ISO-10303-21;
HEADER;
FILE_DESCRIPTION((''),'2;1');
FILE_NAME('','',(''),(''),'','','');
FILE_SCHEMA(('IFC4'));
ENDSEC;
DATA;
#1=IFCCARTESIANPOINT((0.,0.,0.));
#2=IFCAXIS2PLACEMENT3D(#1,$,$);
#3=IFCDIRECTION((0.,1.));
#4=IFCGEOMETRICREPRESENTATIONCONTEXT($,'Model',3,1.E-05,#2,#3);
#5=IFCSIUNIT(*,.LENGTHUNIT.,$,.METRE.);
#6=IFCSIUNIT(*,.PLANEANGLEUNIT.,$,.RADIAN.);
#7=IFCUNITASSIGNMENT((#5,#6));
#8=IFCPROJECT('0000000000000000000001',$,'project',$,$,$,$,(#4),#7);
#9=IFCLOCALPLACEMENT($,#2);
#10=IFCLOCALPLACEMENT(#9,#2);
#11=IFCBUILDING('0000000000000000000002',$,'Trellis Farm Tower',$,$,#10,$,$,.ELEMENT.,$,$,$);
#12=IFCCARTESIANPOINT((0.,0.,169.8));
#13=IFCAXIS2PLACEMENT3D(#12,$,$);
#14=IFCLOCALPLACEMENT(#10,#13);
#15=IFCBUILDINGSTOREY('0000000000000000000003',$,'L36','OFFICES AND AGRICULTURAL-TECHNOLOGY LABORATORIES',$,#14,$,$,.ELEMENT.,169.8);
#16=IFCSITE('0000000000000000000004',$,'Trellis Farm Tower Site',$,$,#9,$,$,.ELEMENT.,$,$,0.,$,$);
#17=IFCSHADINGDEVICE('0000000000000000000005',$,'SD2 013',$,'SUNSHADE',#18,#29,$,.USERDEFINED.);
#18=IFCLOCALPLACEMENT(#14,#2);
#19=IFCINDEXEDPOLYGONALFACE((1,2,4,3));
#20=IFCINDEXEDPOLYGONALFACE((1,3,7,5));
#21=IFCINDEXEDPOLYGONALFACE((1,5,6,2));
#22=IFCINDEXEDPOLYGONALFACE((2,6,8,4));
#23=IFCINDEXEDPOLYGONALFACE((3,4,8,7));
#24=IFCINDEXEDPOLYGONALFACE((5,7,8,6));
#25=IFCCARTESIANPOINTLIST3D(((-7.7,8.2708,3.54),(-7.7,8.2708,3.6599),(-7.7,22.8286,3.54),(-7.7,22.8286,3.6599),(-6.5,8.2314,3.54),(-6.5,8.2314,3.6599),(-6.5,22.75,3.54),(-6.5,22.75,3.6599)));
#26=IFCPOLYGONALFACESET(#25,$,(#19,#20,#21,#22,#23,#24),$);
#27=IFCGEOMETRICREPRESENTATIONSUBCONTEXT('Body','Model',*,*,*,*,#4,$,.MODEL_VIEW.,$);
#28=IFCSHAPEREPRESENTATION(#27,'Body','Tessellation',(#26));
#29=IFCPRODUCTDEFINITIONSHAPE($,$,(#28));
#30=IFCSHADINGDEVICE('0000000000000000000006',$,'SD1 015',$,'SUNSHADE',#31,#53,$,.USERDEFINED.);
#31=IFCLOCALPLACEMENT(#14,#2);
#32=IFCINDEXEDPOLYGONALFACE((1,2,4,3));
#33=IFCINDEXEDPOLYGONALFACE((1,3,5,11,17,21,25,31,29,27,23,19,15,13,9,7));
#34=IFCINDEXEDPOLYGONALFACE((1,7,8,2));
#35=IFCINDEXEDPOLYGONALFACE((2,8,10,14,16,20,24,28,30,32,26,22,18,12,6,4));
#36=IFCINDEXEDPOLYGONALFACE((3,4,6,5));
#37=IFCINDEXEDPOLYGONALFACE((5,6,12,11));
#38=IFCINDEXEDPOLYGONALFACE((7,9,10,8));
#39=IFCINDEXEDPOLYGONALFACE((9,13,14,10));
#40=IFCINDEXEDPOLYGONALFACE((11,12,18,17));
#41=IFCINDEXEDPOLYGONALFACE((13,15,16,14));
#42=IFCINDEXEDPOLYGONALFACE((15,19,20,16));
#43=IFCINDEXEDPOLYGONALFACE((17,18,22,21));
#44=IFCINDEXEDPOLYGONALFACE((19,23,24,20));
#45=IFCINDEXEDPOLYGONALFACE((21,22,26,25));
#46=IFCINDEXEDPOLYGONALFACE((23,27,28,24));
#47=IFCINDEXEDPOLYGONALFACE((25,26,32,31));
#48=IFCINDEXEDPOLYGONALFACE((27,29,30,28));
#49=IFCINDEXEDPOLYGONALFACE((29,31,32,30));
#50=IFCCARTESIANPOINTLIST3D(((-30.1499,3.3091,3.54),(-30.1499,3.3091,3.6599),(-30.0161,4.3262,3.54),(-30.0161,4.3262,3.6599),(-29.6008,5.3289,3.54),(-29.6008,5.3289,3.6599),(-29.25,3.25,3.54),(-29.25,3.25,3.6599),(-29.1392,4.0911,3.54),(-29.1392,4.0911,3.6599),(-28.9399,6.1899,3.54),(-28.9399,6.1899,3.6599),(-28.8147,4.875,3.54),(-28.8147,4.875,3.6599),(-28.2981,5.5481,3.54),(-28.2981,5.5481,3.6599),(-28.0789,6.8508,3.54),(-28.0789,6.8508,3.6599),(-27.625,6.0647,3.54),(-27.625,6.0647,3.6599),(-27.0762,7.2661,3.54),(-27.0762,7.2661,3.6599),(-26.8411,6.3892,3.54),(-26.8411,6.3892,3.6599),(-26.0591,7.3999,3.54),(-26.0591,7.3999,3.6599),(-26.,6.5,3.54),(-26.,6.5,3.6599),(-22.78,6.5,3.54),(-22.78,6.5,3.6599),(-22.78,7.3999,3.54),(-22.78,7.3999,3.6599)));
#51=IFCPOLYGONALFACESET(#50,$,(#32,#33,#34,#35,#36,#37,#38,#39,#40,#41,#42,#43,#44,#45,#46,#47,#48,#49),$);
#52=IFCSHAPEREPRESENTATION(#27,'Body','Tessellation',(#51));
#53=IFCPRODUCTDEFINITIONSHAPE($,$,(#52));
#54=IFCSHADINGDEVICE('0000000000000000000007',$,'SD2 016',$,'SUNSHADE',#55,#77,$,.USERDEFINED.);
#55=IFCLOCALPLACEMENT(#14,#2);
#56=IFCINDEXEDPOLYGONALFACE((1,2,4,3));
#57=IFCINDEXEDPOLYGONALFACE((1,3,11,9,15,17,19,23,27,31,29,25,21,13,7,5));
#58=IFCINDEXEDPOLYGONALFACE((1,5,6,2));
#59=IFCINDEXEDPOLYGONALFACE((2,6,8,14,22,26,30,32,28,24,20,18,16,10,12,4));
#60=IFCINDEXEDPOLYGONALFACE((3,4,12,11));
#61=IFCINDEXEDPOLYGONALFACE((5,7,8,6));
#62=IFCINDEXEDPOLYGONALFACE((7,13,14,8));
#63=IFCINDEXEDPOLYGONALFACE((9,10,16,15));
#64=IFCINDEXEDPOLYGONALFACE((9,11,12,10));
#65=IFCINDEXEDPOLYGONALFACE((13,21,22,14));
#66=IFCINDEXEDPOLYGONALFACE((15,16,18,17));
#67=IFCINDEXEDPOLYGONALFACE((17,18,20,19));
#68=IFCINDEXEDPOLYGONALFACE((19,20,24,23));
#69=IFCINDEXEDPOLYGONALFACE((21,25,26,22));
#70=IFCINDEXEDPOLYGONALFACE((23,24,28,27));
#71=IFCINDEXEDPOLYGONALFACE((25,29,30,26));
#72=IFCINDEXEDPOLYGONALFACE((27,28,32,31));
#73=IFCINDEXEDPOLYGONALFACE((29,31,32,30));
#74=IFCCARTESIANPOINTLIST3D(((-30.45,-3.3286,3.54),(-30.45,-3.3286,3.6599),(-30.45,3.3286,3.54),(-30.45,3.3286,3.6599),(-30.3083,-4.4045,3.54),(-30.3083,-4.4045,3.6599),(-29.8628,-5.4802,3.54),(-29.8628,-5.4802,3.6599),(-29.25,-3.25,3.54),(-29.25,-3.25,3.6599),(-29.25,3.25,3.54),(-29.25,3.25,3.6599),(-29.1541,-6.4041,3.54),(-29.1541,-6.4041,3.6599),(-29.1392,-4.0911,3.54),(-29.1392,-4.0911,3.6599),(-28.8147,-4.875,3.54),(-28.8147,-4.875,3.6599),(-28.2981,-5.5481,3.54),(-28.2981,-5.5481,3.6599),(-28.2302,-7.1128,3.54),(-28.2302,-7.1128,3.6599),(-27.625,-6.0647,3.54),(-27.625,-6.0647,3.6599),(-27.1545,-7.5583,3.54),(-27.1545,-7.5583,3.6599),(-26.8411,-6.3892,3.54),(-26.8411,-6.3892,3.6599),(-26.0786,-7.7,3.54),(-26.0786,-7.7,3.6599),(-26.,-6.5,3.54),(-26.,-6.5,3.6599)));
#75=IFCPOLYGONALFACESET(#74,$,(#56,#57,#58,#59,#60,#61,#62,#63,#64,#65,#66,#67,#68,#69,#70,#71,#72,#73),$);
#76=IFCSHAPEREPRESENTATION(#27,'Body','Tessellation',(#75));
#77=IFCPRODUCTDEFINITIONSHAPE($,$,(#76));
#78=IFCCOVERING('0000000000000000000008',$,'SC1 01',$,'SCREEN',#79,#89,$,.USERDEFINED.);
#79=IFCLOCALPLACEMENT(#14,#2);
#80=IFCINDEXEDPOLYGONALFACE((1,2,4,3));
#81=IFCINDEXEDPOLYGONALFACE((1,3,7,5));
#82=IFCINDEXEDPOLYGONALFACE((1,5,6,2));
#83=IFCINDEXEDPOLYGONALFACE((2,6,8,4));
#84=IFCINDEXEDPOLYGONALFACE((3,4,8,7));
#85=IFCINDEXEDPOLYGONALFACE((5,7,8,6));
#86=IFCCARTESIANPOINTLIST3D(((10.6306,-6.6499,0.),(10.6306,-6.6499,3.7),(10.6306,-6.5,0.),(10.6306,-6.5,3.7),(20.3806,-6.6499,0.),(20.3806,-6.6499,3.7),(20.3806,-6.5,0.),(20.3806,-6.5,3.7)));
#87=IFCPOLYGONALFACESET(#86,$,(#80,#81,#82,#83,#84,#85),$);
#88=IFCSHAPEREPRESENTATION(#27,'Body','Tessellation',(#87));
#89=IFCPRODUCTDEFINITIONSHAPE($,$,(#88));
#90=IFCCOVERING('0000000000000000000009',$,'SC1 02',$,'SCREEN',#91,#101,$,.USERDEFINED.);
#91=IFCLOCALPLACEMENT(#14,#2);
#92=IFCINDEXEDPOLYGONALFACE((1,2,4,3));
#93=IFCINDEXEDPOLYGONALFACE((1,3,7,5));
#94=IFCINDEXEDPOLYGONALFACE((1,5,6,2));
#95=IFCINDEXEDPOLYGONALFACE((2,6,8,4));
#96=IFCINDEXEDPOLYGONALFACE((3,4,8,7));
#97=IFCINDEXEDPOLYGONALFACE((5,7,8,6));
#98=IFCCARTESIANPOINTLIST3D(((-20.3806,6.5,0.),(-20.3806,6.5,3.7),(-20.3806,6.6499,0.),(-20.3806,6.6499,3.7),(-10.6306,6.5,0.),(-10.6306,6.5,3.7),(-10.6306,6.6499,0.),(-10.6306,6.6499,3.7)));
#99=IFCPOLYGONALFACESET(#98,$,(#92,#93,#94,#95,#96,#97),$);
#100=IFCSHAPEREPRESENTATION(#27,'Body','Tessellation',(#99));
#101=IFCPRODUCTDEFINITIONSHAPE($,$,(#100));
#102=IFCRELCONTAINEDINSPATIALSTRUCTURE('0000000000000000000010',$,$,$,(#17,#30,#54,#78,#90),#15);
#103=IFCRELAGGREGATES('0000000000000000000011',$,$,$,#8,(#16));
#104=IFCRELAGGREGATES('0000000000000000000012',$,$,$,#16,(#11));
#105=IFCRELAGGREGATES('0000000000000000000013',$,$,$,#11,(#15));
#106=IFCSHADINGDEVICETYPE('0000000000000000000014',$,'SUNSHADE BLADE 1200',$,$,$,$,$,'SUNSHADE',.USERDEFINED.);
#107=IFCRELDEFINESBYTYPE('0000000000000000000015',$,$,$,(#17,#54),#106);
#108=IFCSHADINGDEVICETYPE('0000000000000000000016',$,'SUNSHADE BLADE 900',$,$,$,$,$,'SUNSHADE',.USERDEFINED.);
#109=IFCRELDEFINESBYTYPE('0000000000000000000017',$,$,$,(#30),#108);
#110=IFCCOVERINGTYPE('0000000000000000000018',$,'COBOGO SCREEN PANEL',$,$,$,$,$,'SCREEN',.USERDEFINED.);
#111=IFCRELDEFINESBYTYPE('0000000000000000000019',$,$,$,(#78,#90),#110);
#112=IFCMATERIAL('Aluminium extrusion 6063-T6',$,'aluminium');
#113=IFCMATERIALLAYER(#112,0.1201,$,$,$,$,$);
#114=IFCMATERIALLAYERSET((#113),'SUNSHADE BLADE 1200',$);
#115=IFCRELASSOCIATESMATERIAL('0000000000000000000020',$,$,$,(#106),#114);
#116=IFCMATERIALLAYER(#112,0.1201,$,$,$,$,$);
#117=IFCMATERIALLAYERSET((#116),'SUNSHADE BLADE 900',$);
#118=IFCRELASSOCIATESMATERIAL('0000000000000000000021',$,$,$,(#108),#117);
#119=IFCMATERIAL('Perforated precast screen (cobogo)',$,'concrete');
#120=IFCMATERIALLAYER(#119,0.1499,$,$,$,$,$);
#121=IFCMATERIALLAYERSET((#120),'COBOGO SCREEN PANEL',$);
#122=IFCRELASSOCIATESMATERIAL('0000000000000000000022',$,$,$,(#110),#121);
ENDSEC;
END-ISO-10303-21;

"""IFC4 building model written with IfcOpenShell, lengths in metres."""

from ifc_helpers import new_model, si_unit, direction, frame, origin, place, context, subcontext, project, spatial, polyline, outline, extrude, source, transform, mapped, material, layer, layer_set, type_object, element, save


model = new_model("IFC4")

# Units and contexts
model_context = context("Model", 3, precision=1e-05, world=origin(), true_north=direction((0.0, 1.0)))
body_context = subcontext(model_context, "Body", "Model", "MODEL_VIEW")
ifc_project = project(units=[si_unit("LENGTHUNIT", "METRE"), si_unit("PLANEANGLEUNIT", "RADIAN")], contexts=[model_context])

# Site, building, storey
site_placement = place(None, origin())
site = spatial("IfcSite", under=ifc_project, at=site_placement, Name="Trellis Farm Tower Site", CompositionType="ELEMENT", RefElevation=0.0)
building_placement = place(site_placement, origin())
building = spatial("IfcBuilding", under=site, at=building_placement, Name="Trellis Farm Tower", CompositionType="ELEMENT")
storey_placement = place(building_placement, frame((0.0, 0.0, 169.8)))
storey = spatial("IfcBuildingStorey", under=building, at=storey_placement, Name="L36", Description="OFFICES AND AGRICULTURAL-TECHNOLOGY LABORATORIES", CompositionType="ELEMENT", Elevation=169.8)

# Shared definitions
placement_1 = place(storey_placement, origin())
ifc_material_1 = material(Name="Aluminium extrusion 6063-T6", Category="aluminium")

# Shading devices
ifc_layer_1 = layer(ifc_material_1, 0.1201)
ifc_layer_set_1 = layer_set([ifc_layer_1], Name="SUNSHADE BLADE 1200")
shading_device_type_1 = type_object("IfcShadingDeviceType", Name="SUNSHADE BLADE 1200", ElementType="SUNSHADE", PredefinedType="USERDEFINED", material=ifc_layer_set_1)
placement_2 = place(storey_placement, frame((0.0, 0.0, 3.54)))
ifc_layer_2 = layer(ifc_material_1, 0.1201)
ifc_layer_set_2 = layer_set([ifc_layer_2], Name="SUNSHADE BLADE 900")
shading_device_type_2 = type_object("IfcShadingDeviceType", Name="SUNSHADE BLADE 900", ElementType="SUNSHADE", PredefinedType="USERDEFINED", material=ifc_layer_set_2)
shared_shape_1 = source(origin(), body_context, "Body", "SweptSolid", [
    extrude(outline(polyline([(-7.7, 22.8286), (-7.7, 8.2708), (-6.5, 8.2314), (-6.5, 22.75), (-7.7, 22.8286)])), origin(), (0.0, 0.0, 1.0), 0.1199),
])
element("IfcShadingDevice", 1, at=placement_2, inside=storey, type_object=shading_device_type_1, Name="SD2 013", ObjectType="SUNSHADE", PredefinedType="USERDEFINED", context=body_context, shape_type="MappedRepresentation", body=[
    mapped(shared_shape_1, transform((0.0, 0.0, 0.0))),
])
shared_shape_2 = source(origin(), body_context, "Body", "SweptSolid", [
    extrude(outline(polyline([(-22.78, 7.3999), (-26.0591, 7.3999), (-27.0762, 7.2661), (-28.0789, 6.8508), (-28.9399, 6.1899), (-29.6008, 5.3289), (-30.0161, 4.3262), (-30.1499, 3.3091), (-29.25, 3.25), (-29.1392, 4.0911), (-28.8147, 4.875), (-28.2981, 5.5481), (-27.625, 6.0647), (-26.8411, 6.3892), (-26.0, 6.5), (-22.78, 6.5), (-22.78, 7.3999)])), origin(), (0.0, 0.0, 1.0), 0.1199),
])
element("IfcShadingDevice", 2, at=placement_2, inside=storey, type_object=shading_device_type_2, Name="SD1 015", ObjectType="SUNSHADE", PredefinedType="USERDEFINED", context=body_context, shape_type="MappedRepresentation", body=[
    mapped(shared_shape_2, transform((0.0, 0.0, 0.0))),
])
shared_shape_3 = source(origin(), body_context, "Body", "SweptSolid", [
    extrude(outline(polyline([(-30.45, 3.3286), (-30.45, -3.3286), (-30.3083, -4.4045), (-29.8628, -5.4802), (-29.1541, -6.4041), (-28.2302, -7.1128), (-27.1545, -7.5583), (-26.0786, -7.7), (-26.0, -6.5), (-26.8411, -6.3892), (-27.625, -6.0647), (-28.2981, -5.5481), (-28.8147, -4.875), (-29.1392, -4.0911), (-29.25, -3.25), (-29.25, 3.25), (-30.45, 3.3286)])), origin(), (0.0, 0.0, 1.0), 0.1199),
])
element("IfcShadingDevice", 3, at=placement_2, inside=storey, type_object=shading_device_type_1, Name="SD2 016", ObjectType="SUNSHADE", PredefinedType="USERDEFINED", context=body_context, shape_type="MappedRepresentation", body=[
    mapped(shared_shape_3, transform((0.0, 0.0, 0.0))),
])

# Coverings
ifc_material_2 = material(Name="Perforated precast screen (cobogo)", Category="concrete")
ifc_layer_3 = layer(ifc_material_2, 0.1499)
ifc_layer_set_3 = layer_set([ifc_layer_3], Name="COBOGO SCREEN PANEL")
covering_type = type_object("IfcCoveringType", Name="COBOGO SCREEN PANEL", ElementType="SCREEN", PredefinedType="USERDEFINED", material=ifc_layer_set_3)
shared_shape_4 = source(origin(), body_context, "Body", "SweptSolid", [
    extrude(outline(polyline([(10.6306, -6.6499), (20.3806, -6.6499), (20.3806, -6.5), (10.6306, -6.5), (10.6306, -6.6499)])), origin(), (0.0, 0.0, 1.0), 3.7),
])
element("IfcCovering", 4, at=placement_1, inside=storey, type_object=covering_type, Name="SC1 01", ObjectType="SCREEN", PredefinedType="USERDEFINED", context=body_context, shape_type="MappedRepresentation", body=[
    mapped(shared_shape_4, transform((0.0, 0.0, 0.0))),
])
shared_shape_5 = source(origin(), body_context, "Body", "SweptSolid", [
    extrude(outline(polyline([(-10.6306, 6.6499), (-20.3806, 6.6499), (-20.3806, 6.5), (-10.6306, 6.5), (-10.6306, 6.6499)])), origin(), (0.0, 0.0, 1.0), 3.7),
])
element("IfcCovering", 5, at=placement_1, inside=storey, type_object=covering_type, Name="SC1 02", ObjectType="SCREEN", PredefinedType="USERDEFINED", context=body_context, shape_type="MappedRepresentation", body=[
    mapped(shared_shape_5, transform((0.0, 0.0, 0.0))),
])

save(model, "model.ifc")
